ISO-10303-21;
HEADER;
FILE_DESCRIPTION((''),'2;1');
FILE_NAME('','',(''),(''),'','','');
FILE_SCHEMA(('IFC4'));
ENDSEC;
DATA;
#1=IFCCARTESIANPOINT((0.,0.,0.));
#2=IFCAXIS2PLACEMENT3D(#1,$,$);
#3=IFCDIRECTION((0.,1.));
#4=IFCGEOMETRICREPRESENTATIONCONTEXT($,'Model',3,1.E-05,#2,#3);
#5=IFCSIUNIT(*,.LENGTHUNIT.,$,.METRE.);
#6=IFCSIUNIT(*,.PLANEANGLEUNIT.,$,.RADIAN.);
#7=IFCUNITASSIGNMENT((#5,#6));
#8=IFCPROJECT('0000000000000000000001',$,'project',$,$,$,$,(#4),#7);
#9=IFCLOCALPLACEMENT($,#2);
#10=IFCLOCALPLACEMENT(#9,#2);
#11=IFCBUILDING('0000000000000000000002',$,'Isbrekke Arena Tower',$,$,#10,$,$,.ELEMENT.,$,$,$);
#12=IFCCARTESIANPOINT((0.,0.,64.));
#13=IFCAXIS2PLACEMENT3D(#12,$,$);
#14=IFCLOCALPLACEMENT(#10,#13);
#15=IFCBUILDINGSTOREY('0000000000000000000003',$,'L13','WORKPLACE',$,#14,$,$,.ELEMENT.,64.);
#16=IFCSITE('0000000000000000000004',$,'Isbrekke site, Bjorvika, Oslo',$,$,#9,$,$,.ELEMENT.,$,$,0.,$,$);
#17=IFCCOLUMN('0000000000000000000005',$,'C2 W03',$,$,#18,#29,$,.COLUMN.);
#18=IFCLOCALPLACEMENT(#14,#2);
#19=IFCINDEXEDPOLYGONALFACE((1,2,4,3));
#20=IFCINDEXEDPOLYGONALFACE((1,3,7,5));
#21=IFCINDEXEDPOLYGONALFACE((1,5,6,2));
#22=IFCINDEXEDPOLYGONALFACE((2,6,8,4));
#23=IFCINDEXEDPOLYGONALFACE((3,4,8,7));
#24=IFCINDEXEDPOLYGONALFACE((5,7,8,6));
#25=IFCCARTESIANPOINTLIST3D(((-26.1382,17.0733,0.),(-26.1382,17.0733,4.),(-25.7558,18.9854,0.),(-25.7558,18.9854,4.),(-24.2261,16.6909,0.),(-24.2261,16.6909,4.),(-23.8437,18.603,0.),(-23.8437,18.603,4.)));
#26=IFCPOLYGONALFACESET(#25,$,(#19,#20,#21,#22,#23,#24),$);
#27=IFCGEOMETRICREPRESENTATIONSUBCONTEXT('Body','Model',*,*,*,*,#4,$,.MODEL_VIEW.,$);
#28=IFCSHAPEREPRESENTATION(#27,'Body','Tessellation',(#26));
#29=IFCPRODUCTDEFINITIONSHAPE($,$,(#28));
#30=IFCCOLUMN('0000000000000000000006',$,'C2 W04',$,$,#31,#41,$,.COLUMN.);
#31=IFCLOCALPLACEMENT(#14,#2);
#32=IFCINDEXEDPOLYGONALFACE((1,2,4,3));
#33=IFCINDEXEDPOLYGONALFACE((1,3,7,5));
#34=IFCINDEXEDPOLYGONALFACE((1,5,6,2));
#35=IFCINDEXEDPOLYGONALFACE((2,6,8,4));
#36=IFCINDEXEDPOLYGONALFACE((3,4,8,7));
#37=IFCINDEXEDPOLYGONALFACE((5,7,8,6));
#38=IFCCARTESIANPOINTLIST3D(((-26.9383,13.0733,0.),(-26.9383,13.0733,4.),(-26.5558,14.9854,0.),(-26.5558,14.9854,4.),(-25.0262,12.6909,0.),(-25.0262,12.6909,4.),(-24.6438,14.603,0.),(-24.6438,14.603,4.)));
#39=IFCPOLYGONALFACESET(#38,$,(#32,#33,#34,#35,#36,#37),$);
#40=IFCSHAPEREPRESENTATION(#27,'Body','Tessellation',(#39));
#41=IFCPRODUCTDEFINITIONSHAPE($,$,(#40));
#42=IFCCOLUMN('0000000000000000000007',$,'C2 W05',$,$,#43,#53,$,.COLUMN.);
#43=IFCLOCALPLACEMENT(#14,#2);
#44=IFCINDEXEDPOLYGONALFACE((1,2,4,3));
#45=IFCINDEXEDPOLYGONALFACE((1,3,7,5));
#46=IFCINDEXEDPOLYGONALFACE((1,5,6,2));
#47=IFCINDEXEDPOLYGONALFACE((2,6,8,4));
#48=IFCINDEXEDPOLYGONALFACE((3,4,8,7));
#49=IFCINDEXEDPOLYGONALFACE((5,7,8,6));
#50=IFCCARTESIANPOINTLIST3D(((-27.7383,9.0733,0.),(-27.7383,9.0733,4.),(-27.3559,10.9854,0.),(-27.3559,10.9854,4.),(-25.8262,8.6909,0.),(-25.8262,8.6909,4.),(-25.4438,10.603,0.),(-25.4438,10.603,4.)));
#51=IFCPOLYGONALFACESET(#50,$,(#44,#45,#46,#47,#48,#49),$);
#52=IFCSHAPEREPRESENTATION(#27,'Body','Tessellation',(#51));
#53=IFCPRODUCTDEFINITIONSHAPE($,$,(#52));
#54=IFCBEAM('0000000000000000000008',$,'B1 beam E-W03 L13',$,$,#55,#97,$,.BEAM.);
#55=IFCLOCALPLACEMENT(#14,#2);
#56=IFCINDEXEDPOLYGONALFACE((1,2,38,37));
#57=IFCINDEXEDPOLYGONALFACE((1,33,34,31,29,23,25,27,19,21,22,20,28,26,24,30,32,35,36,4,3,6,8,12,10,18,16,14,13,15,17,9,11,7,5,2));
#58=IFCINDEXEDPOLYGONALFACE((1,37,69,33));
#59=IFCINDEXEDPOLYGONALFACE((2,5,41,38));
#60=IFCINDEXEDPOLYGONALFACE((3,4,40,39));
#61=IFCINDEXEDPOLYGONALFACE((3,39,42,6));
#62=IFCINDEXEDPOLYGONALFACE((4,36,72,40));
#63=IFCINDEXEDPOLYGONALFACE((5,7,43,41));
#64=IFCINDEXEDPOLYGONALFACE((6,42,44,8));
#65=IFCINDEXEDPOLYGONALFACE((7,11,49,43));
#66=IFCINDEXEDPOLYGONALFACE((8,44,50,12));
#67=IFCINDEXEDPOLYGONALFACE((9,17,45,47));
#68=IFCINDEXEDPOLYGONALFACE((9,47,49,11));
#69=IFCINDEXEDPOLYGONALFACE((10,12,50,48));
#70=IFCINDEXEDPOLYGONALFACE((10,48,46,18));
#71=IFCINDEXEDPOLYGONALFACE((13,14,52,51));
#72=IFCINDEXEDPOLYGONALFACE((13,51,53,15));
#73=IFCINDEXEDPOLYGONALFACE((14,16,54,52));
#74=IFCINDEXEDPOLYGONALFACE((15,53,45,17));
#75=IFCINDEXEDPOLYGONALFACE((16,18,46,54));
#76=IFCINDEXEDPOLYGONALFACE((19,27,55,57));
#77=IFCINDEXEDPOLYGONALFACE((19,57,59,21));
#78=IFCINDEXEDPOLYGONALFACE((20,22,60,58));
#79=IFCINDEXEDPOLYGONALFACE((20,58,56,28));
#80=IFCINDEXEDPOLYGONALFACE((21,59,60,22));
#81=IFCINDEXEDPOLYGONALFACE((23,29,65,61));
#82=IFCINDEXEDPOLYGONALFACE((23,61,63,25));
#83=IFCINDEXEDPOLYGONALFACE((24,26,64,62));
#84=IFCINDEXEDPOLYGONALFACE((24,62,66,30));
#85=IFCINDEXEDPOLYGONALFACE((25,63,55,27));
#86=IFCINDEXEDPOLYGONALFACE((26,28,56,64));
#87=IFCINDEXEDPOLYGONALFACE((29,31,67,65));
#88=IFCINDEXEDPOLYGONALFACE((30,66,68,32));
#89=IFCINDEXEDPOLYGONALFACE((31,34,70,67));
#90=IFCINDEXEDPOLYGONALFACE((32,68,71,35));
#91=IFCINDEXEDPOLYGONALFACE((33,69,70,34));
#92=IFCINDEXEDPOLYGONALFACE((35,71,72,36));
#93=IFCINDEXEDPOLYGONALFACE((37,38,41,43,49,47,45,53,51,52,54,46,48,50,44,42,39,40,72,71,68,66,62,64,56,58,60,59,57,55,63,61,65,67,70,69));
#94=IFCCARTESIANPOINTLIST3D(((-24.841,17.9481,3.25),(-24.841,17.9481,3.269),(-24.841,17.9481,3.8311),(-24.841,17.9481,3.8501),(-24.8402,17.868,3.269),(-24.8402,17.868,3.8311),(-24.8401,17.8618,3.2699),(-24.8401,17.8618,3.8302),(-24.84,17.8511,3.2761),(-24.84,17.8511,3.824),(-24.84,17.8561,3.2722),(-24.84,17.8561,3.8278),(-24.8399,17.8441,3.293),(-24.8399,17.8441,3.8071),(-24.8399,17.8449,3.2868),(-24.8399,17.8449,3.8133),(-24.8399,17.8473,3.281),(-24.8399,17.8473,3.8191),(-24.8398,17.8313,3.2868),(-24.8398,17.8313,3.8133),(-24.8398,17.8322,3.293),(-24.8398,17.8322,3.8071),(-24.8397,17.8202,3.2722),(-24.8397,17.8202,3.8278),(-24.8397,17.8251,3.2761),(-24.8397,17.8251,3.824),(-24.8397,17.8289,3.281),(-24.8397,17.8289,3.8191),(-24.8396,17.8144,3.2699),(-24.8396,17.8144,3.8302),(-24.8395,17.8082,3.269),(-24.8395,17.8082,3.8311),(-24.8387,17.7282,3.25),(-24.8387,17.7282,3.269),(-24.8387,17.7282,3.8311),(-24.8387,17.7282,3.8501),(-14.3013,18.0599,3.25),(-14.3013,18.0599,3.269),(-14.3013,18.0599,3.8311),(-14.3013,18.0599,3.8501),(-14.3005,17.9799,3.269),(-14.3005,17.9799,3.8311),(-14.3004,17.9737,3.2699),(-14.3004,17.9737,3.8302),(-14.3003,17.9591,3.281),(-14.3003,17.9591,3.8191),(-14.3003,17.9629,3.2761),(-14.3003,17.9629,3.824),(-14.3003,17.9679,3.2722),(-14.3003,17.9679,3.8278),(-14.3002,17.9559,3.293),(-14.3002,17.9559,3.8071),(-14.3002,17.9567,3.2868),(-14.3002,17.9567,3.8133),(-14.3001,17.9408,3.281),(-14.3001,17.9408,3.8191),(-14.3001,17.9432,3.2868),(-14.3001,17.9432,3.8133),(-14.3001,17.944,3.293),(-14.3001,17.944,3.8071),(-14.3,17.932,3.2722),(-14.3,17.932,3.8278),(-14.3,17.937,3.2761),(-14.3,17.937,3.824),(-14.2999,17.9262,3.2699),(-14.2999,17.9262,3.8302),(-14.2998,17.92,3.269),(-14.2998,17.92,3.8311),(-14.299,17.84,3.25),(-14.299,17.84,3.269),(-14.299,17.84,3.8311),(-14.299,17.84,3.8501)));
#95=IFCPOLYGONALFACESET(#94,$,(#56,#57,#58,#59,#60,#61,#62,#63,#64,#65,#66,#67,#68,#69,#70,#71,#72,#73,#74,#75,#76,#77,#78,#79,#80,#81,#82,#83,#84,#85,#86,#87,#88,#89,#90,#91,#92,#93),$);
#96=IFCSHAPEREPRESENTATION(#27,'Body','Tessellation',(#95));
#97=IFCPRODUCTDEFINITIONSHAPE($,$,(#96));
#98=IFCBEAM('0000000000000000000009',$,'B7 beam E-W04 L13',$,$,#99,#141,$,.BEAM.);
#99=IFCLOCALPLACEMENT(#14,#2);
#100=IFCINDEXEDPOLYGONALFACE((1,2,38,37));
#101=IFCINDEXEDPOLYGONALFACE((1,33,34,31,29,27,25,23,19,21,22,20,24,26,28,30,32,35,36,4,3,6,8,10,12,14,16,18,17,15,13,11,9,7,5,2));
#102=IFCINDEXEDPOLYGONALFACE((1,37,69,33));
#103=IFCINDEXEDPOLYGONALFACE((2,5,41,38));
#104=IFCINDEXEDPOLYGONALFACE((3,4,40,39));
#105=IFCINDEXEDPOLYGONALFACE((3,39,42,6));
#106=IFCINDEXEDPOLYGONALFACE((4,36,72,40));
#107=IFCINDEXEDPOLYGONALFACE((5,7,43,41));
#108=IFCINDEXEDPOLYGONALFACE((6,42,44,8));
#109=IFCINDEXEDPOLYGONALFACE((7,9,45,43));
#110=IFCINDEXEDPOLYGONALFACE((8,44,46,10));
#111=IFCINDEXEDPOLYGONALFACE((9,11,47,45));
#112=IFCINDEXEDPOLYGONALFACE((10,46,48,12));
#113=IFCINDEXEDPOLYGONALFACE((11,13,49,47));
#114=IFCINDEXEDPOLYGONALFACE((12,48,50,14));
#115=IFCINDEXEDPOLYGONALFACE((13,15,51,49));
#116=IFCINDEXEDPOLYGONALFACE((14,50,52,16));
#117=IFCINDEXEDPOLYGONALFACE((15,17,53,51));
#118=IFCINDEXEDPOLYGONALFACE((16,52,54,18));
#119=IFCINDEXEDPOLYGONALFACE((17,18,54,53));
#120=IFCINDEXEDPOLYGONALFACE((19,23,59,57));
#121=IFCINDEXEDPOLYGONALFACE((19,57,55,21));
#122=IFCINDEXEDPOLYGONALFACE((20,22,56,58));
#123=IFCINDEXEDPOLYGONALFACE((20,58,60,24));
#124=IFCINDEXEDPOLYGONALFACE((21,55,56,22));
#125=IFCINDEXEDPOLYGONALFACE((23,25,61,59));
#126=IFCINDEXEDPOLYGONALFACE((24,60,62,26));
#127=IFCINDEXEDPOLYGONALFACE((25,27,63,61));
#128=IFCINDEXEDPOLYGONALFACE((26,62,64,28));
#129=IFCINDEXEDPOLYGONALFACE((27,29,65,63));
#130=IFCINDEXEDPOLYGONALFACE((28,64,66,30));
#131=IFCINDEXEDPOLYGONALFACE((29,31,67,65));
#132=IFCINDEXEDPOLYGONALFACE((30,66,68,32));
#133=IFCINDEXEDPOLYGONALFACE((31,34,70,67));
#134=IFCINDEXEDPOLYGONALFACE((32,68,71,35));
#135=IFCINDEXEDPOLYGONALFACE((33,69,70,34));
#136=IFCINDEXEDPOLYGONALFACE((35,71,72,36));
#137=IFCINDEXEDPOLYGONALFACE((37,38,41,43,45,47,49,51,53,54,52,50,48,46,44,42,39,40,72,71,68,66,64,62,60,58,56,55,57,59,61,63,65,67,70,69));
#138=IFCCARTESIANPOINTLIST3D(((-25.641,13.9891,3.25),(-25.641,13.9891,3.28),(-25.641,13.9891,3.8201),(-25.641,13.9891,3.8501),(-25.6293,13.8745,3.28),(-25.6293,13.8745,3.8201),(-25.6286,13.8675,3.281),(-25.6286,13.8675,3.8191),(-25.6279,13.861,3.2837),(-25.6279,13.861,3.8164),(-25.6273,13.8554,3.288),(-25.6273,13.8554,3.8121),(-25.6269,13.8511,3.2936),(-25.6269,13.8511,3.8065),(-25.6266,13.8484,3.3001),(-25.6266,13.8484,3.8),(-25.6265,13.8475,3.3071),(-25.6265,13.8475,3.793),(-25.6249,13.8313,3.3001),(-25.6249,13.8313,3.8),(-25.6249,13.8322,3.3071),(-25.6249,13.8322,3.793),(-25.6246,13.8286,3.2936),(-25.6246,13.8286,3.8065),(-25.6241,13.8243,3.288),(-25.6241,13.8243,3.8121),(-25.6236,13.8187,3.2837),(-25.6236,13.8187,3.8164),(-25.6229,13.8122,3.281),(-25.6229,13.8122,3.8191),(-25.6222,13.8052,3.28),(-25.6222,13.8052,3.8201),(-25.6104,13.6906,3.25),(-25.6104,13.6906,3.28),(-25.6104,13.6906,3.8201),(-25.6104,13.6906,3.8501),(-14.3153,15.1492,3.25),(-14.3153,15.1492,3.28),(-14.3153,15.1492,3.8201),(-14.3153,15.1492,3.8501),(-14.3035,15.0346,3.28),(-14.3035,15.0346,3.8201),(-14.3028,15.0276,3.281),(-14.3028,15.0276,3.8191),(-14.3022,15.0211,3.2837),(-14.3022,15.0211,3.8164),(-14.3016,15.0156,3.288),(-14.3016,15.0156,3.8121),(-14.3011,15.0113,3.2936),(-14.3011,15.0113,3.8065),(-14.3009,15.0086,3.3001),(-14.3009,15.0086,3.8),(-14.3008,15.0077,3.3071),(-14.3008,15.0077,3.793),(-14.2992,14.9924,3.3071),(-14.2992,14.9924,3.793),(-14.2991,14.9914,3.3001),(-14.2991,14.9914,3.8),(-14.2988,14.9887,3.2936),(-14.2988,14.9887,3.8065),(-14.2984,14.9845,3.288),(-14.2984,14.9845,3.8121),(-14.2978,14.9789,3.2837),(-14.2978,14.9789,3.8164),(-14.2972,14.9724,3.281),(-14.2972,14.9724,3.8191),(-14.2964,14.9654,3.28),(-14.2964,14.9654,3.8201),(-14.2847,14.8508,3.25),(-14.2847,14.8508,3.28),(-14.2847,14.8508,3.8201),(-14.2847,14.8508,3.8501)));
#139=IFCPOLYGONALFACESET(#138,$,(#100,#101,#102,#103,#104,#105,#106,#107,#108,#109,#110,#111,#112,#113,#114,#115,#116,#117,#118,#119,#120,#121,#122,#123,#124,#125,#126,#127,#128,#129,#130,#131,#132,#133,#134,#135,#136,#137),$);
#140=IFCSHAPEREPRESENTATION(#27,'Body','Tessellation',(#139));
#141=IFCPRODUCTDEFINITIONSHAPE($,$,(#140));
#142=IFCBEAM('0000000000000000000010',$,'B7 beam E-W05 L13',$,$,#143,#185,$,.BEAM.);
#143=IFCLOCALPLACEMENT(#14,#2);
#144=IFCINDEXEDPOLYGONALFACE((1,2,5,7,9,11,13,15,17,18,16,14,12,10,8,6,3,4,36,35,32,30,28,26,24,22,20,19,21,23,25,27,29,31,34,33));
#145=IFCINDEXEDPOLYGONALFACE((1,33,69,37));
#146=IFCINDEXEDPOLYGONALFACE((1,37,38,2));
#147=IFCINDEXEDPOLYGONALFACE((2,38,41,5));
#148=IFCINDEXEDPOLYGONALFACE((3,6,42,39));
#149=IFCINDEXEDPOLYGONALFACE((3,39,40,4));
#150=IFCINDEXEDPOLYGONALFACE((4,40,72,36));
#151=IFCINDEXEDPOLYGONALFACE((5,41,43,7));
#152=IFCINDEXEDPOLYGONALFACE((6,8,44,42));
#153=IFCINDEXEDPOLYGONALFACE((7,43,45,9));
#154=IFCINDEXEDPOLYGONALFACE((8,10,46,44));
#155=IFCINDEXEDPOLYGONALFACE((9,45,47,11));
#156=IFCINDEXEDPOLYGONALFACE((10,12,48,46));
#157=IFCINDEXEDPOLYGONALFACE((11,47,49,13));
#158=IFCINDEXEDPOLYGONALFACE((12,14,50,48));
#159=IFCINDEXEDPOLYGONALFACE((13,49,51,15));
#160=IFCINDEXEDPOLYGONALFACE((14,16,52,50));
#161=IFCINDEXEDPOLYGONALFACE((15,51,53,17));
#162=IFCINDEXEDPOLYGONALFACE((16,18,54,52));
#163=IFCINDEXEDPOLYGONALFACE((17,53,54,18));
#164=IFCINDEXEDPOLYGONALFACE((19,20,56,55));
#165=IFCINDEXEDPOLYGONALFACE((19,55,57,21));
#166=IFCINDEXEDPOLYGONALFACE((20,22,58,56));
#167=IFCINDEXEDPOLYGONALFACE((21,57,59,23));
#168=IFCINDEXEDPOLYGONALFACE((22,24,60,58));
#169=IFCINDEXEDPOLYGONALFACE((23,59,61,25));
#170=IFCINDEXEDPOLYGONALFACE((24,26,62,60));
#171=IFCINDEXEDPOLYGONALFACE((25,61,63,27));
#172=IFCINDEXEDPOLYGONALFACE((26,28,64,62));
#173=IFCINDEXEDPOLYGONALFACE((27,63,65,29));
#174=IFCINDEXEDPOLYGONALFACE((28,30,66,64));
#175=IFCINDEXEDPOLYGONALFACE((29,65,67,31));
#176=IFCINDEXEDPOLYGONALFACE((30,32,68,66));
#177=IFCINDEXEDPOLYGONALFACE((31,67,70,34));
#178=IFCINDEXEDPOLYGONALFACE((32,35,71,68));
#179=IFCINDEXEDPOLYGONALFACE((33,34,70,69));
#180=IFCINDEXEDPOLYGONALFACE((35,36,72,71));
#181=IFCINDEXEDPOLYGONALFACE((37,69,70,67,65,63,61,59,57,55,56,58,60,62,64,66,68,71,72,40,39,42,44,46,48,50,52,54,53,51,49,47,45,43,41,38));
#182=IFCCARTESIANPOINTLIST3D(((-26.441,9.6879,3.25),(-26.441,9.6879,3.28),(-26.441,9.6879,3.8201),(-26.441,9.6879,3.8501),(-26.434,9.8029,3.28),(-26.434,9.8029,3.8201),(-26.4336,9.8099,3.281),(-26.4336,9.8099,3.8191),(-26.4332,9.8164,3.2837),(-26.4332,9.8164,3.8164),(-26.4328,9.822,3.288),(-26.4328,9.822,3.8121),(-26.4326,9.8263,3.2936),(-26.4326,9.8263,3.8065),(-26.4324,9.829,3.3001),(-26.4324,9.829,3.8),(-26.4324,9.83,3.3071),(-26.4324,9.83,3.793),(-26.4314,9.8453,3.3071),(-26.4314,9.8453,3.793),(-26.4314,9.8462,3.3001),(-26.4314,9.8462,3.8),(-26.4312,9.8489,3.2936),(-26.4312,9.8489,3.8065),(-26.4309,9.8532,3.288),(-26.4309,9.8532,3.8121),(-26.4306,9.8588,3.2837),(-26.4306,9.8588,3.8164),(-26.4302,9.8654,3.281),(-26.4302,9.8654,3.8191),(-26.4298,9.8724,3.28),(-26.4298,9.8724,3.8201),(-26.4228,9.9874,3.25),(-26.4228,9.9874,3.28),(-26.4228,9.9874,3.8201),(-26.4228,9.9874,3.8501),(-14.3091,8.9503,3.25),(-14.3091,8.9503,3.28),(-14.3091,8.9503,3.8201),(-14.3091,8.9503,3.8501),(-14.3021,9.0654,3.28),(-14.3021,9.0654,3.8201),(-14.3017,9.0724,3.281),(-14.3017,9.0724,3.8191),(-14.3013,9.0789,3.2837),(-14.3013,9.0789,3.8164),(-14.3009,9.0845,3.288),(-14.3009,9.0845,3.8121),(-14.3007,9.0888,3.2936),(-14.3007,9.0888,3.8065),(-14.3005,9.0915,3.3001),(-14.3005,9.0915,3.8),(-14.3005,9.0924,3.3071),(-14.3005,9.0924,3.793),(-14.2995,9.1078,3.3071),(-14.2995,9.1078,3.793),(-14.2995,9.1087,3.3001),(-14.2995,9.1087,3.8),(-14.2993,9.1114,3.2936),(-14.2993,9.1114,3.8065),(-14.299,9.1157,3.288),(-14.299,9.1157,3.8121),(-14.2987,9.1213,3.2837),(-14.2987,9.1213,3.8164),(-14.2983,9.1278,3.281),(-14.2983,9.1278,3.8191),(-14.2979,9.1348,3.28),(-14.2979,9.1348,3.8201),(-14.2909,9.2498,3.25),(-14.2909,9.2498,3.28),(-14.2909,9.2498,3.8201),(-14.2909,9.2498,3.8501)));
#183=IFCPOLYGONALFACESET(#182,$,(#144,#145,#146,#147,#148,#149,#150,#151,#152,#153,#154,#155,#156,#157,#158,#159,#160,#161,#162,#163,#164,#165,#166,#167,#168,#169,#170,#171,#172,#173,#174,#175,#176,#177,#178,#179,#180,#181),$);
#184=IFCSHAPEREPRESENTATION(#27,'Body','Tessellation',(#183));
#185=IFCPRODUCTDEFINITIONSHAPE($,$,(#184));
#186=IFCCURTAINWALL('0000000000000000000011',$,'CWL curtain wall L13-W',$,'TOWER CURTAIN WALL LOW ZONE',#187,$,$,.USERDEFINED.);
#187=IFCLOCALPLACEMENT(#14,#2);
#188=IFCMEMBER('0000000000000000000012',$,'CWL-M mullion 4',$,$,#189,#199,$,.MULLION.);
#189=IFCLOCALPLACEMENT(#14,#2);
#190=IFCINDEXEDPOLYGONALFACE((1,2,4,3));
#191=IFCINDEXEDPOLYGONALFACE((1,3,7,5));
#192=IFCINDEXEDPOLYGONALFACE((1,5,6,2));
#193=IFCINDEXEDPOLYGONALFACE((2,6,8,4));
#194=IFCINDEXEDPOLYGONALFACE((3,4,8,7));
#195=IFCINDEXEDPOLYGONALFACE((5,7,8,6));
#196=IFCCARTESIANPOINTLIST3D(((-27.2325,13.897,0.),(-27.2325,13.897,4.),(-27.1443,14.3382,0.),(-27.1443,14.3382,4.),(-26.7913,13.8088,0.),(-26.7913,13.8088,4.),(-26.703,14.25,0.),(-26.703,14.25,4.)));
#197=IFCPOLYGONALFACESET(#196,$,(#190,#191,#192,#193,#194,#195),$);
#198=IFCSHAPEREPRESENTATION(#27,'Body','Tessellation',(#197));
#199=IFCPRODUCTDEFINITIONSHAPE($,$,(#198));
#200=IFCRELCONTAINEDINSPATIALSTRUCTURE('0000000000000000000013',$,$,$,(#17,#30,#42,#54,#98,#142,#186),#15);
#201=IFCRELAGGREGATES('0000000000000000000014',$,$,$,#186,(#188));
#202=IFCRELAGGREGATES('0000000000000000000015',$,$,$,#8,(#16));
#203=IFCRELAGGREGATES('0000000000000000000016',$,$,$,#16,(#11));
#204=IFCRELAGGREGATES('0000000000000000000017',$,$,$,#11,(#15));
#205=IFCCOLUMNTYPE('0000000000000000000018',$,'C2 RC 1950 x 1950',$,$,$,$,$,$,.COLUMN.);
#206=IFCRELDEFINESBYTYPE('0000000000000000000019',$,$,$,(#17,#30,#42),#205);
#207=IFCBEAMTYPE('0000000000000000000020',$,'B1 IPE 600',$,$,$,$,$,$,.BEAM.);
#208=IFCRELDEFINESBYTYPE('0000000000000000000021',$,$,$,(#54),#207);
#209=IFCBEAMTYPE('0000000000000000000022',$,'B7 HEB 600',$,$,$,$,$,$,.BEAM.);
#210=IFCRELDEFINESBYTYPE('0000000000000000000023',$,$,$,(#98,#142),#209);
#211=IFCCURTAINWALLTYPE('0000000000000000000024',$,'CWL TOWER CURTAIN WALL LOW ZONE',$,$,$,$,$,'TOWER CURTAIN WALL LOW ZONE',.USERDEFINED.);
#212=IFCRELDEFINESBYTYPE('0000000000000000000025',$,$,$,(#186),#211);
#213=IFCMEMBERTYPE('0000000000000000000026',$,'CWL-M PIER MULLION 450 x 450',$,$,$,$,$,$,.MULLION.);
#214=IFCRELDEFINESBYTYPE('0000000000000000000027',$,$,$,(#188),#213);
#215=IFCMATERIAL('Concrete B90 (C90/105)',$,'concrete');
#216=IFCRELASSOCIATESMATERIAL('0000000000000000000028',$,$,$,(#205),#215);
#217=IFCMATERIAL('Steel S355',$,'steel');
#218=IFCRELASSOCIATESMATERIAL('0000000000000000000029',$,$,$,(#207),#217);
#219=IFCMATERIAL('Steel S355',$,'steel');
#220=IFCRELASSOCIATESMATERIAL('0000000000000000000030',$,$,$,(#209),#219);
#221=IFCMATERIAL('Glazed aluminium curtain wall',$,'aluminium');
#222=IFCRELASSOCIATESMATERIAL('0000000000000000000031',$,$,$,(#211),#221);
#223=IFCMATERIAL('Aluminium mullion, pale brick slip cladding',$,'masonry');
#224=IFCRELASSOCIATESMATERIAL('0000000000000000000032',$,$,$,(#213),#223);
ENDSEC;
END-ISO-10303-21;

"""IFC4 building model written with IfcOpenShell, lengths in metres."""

from ifc_helpers import new_model, si_unit, direction, frame, origin, origin_2d, place, context, subcontext, project, spatial, rectangle, i_section, extrude, material, material_profile, profile_set, type_object, element, aggregate, save


model = new_model("IFC4")

# Units and contexts
model_context = context("Model", 3, precision=1e-05, world=origin(), true_north=direction((0.0, 1.0)))
body_context = subcontext(model_context, "Body", "Model", "MODEL_VIEW")
ifc_project = project(units=[si_unit("LENGTHUNIT", "METRE"), si_unit("PLANEANGLEUNIT", "RADIAN")], contexts=[model_context])

# Site, building, storey
site_placement = place(None, origin())
site = spatial("IfcSite", under=ifc_project, at=site_placement, Name="Isbrekke site, Bjorvika, Oslo", CompositionType="ELEMENT", RefElevation=0.0)
building_placement = place(site_placement, origin())
building = spatial("IfcBuilding", under=site, at=building_placement, Name="Isbrekke Arena Tower", CompositionType="ELEMENT")
storey_placement = place(building_placement, frame((0.0, 0.0, 64.0)))
storey = spatial("IfcBuildingStorey", under=building, at=storey_placement, Name="L13", Description="WORKPLACE", CompositionType="ELEMENT", Elevation=64.0)

# Columns
ifc_material_1 = material(Name="Concrete B90 (C90/105)", Category="concrete")
ifc_material_profile_1 = material_profile(ifc_material_1, rectangle(XDim=1.95, YDim=1.95, at=origin_2d()), Name="RC 1950x1950")
ifc_profile_set_1 = profile_set([ifc_material_profile_1], Name="Concrete B90 (C90/105)")
column_type = type_object("IfcColumnType", Name="C2 RC 1950 x 1950", PredefinedType="COLUMN", material=ifc_profile_set_1)
for number, where, z_axis, x_axis, name in (
    (1, (-24.991, 17.8381, 0.0), (0.0, 0.0, 1.0), (-0.196116, -0.980581, 0.0), "C2 W03"),
    (2, (-25.791, 13.8381, 0.0), (0.0, 0.0, 1.0), (-0.196116, -0.980581, 0.0), "C2 W04"),
    (3, (-26.5911, 9.8381, 0.0), (0.0, 0.0, 1.0), (-0.196116, -0.980581, 0.0), "C2 W05"),
):
    element("IfcColumn", number, at=place(storey_placement, frame(where, z_axis=z_axis, x_axis=x_axis)), inside=storey, type_object=column_type, Name=name, PredefinedType="COLUMN", context=body_context, shape_type="SweptSolid", body=[
        extrude(rectangle(XDim=1.95, YDim=1.95, at=origin_2d()), origin(), (0.0, 0.0, 1.0), 4.0),
    ])

# Beams
ifc_material_2 = material(Name="Steel S355", Category="steel")
ifc_material_profile_2 = material_profile(ifc_material_2, i_section(OverallWidth=0.22, OverallDepth=0.6001, WebThickness=0.012, FlangeThickness=0.019, FilletRadius=0.0239, at=origin_2d()), Name="IPE 600")
ifc_profile_set_2 = profile_set([ifc_material_profile_2], Name="Steel S355")
beam_type_1 = type_object("IfcBeamType", Name="B1 IPE 600", PredefinedType="BEAM", material=ifc_profile_set_2)
beam_1_placement = place(storey_placement, frame((-24.8398, 17.8381, 3.55), z_axis=(0.999944, 0.010608, 0.0), x_axis=(-0.010608, 0.999944, 0.0)))
element("IfcBeam", 4, at=beam_1_placement, inside=storey, type_object=beam_type_1, Name="B1 beam E-W03 L13", PredefinedType="BEAM", context=body_context, shape_type="SweptSolid", body=[
    extrude(i_section(OverallWidth=0.22, OverallDepth=0.6001, WebThickness=0.012, FlangeThickness=0.019, FilletRadius=0.0239, at=origin_2d()), origin(), (0.0, 0.0, 1.0), 10.5403),
])
ifc_material_3 = material(Name="Steel S355", Category="steel")
ifc_material_profile_3 = material_profile(ifc_material_3, i_section(OverallWidth=0.3, OverallDepth=0.6001, WebThickness=0.0154, FlangeThickness=0.03, FilletRadius=0.0271, at=origin_2d()), Name="HEB 600")
ifc_profile_set_3 = profile_set([ifc_material_profile_3], Name="Steel S355")
beam_type_2 = type_object("IfcBeamType", Name="B7 HEB 600", PredefinedType="BEAM", material=ifc_profile_set_3)
beam_2_placement = place(storey_placement, frame((-25.6257, 13.8398, 3.55), z_axis=(0.994794, 0.101903, 0.0), x_axis=(-0.101903, 0.994794, 0.0)))
element("IfcBeam", 5, at=beam_2_placement, inside=storey, type_object=beam_type_2, Name="B7 beam E-W04 L13", PredefinedType="BEAM", context=body_context, shape_type="SweptSolid", body=[
    extrude(i_section(OverallWidth=0.3, OverallDepth=0.6001, WebThickness=0.0154, FlangeThickness=0.03, FilletRadius=0.0271, at=origin_2d()), origin(), (0.0, 0.0, 1.0), 11.385),
])
beam_3_placement = place(storey_placement, frame((-26.4319, 9.8376, 3.55), z_axis=(0.998157, -0.060682, 0.0), x_axis=(0.060682, 0.998157, 0.0)))
element("IfcBeam", 6, at=beam_3_placement, inside=storey, type_object=beam_type_2, Name="B7 beam E-W05 L13", PredefinedType="BEAM", context=body_context, shape_type="SweptSolid", body=[
    extrude(i_section(OverallWidth=0.3, OverallDepth=0.6001, WebThickness=0.0154, FlangeThickness=0.03, FilletRadius=0.0271, at=origin_2d()), origin(), (0.0, 0.0, 1.0), 12.1543),
])

# Curtain wall, member
ifc_material_4 = material(Name="Glazed aluminium curtain wall", Category="aluminium")
curtain_wall_type = type_object("IfcCurtainWallType", Name="CWL TOWER CURTAIN WALL LOW ZONE", ElementType="TOWER CURTAIN WALL LOW ZONE", PredefinedType="USERDEFINED", material=ifc_material_4)
curtain_wall_placement = place(storey_placement, origin())
curtain_wall = element("IfcCurtainWall", 7, at=curtain_wall_placement, inside=storey, type_object=curtain_wall_type, Name="CWL curtain wall L13-W", ObjectType="TOWER CURTAIN WALL LOW ZONE", PredefinedType="USERDEFINED")
ifc_material_5 = material(Name="Aluminium mullion, pale brick slip cladding", Category="masonry")
ifc_material_profile_4 = material_profile(ifc_material_5, rectangle(XDim=0.45, YDim=0.45, at=origin_2d()), Name="PIER 450X450")
ifc_profile_set_4 = profile_set([ifc_material_profile_4], Name="Aluminium mullion, pale brick slip cladding")
member_type_1 = type_object("IfcMemberType", Name="CWL-M PIER MULLION 450 x 450", PredefinedType="MULLION", material=ifc_profile_set_4)
member_1_placement = place(storey_placement, frame((-26.9678, 14.0735, 0.0), z_axis=(0.0, 0.0, 1.0), x_axis=(-0.196116, -0.980581, 0.0)))
member_1 = element("IfcMember", 8, at=member_1_placement, type_object=member_type_1, Name="CWL-M mullion 4", PredefinedType="MULLION", context=body_context, shape_type="SweptSolid", body=[
    extrude(rectangle(XDim=0.45, YDim=0.45, at=origin_2d()), origin(), (0.0, 0.0, 1.0), 4.0),
])

aggregate(curtain_wall, [member_1])

save(model, "model.ifc")
